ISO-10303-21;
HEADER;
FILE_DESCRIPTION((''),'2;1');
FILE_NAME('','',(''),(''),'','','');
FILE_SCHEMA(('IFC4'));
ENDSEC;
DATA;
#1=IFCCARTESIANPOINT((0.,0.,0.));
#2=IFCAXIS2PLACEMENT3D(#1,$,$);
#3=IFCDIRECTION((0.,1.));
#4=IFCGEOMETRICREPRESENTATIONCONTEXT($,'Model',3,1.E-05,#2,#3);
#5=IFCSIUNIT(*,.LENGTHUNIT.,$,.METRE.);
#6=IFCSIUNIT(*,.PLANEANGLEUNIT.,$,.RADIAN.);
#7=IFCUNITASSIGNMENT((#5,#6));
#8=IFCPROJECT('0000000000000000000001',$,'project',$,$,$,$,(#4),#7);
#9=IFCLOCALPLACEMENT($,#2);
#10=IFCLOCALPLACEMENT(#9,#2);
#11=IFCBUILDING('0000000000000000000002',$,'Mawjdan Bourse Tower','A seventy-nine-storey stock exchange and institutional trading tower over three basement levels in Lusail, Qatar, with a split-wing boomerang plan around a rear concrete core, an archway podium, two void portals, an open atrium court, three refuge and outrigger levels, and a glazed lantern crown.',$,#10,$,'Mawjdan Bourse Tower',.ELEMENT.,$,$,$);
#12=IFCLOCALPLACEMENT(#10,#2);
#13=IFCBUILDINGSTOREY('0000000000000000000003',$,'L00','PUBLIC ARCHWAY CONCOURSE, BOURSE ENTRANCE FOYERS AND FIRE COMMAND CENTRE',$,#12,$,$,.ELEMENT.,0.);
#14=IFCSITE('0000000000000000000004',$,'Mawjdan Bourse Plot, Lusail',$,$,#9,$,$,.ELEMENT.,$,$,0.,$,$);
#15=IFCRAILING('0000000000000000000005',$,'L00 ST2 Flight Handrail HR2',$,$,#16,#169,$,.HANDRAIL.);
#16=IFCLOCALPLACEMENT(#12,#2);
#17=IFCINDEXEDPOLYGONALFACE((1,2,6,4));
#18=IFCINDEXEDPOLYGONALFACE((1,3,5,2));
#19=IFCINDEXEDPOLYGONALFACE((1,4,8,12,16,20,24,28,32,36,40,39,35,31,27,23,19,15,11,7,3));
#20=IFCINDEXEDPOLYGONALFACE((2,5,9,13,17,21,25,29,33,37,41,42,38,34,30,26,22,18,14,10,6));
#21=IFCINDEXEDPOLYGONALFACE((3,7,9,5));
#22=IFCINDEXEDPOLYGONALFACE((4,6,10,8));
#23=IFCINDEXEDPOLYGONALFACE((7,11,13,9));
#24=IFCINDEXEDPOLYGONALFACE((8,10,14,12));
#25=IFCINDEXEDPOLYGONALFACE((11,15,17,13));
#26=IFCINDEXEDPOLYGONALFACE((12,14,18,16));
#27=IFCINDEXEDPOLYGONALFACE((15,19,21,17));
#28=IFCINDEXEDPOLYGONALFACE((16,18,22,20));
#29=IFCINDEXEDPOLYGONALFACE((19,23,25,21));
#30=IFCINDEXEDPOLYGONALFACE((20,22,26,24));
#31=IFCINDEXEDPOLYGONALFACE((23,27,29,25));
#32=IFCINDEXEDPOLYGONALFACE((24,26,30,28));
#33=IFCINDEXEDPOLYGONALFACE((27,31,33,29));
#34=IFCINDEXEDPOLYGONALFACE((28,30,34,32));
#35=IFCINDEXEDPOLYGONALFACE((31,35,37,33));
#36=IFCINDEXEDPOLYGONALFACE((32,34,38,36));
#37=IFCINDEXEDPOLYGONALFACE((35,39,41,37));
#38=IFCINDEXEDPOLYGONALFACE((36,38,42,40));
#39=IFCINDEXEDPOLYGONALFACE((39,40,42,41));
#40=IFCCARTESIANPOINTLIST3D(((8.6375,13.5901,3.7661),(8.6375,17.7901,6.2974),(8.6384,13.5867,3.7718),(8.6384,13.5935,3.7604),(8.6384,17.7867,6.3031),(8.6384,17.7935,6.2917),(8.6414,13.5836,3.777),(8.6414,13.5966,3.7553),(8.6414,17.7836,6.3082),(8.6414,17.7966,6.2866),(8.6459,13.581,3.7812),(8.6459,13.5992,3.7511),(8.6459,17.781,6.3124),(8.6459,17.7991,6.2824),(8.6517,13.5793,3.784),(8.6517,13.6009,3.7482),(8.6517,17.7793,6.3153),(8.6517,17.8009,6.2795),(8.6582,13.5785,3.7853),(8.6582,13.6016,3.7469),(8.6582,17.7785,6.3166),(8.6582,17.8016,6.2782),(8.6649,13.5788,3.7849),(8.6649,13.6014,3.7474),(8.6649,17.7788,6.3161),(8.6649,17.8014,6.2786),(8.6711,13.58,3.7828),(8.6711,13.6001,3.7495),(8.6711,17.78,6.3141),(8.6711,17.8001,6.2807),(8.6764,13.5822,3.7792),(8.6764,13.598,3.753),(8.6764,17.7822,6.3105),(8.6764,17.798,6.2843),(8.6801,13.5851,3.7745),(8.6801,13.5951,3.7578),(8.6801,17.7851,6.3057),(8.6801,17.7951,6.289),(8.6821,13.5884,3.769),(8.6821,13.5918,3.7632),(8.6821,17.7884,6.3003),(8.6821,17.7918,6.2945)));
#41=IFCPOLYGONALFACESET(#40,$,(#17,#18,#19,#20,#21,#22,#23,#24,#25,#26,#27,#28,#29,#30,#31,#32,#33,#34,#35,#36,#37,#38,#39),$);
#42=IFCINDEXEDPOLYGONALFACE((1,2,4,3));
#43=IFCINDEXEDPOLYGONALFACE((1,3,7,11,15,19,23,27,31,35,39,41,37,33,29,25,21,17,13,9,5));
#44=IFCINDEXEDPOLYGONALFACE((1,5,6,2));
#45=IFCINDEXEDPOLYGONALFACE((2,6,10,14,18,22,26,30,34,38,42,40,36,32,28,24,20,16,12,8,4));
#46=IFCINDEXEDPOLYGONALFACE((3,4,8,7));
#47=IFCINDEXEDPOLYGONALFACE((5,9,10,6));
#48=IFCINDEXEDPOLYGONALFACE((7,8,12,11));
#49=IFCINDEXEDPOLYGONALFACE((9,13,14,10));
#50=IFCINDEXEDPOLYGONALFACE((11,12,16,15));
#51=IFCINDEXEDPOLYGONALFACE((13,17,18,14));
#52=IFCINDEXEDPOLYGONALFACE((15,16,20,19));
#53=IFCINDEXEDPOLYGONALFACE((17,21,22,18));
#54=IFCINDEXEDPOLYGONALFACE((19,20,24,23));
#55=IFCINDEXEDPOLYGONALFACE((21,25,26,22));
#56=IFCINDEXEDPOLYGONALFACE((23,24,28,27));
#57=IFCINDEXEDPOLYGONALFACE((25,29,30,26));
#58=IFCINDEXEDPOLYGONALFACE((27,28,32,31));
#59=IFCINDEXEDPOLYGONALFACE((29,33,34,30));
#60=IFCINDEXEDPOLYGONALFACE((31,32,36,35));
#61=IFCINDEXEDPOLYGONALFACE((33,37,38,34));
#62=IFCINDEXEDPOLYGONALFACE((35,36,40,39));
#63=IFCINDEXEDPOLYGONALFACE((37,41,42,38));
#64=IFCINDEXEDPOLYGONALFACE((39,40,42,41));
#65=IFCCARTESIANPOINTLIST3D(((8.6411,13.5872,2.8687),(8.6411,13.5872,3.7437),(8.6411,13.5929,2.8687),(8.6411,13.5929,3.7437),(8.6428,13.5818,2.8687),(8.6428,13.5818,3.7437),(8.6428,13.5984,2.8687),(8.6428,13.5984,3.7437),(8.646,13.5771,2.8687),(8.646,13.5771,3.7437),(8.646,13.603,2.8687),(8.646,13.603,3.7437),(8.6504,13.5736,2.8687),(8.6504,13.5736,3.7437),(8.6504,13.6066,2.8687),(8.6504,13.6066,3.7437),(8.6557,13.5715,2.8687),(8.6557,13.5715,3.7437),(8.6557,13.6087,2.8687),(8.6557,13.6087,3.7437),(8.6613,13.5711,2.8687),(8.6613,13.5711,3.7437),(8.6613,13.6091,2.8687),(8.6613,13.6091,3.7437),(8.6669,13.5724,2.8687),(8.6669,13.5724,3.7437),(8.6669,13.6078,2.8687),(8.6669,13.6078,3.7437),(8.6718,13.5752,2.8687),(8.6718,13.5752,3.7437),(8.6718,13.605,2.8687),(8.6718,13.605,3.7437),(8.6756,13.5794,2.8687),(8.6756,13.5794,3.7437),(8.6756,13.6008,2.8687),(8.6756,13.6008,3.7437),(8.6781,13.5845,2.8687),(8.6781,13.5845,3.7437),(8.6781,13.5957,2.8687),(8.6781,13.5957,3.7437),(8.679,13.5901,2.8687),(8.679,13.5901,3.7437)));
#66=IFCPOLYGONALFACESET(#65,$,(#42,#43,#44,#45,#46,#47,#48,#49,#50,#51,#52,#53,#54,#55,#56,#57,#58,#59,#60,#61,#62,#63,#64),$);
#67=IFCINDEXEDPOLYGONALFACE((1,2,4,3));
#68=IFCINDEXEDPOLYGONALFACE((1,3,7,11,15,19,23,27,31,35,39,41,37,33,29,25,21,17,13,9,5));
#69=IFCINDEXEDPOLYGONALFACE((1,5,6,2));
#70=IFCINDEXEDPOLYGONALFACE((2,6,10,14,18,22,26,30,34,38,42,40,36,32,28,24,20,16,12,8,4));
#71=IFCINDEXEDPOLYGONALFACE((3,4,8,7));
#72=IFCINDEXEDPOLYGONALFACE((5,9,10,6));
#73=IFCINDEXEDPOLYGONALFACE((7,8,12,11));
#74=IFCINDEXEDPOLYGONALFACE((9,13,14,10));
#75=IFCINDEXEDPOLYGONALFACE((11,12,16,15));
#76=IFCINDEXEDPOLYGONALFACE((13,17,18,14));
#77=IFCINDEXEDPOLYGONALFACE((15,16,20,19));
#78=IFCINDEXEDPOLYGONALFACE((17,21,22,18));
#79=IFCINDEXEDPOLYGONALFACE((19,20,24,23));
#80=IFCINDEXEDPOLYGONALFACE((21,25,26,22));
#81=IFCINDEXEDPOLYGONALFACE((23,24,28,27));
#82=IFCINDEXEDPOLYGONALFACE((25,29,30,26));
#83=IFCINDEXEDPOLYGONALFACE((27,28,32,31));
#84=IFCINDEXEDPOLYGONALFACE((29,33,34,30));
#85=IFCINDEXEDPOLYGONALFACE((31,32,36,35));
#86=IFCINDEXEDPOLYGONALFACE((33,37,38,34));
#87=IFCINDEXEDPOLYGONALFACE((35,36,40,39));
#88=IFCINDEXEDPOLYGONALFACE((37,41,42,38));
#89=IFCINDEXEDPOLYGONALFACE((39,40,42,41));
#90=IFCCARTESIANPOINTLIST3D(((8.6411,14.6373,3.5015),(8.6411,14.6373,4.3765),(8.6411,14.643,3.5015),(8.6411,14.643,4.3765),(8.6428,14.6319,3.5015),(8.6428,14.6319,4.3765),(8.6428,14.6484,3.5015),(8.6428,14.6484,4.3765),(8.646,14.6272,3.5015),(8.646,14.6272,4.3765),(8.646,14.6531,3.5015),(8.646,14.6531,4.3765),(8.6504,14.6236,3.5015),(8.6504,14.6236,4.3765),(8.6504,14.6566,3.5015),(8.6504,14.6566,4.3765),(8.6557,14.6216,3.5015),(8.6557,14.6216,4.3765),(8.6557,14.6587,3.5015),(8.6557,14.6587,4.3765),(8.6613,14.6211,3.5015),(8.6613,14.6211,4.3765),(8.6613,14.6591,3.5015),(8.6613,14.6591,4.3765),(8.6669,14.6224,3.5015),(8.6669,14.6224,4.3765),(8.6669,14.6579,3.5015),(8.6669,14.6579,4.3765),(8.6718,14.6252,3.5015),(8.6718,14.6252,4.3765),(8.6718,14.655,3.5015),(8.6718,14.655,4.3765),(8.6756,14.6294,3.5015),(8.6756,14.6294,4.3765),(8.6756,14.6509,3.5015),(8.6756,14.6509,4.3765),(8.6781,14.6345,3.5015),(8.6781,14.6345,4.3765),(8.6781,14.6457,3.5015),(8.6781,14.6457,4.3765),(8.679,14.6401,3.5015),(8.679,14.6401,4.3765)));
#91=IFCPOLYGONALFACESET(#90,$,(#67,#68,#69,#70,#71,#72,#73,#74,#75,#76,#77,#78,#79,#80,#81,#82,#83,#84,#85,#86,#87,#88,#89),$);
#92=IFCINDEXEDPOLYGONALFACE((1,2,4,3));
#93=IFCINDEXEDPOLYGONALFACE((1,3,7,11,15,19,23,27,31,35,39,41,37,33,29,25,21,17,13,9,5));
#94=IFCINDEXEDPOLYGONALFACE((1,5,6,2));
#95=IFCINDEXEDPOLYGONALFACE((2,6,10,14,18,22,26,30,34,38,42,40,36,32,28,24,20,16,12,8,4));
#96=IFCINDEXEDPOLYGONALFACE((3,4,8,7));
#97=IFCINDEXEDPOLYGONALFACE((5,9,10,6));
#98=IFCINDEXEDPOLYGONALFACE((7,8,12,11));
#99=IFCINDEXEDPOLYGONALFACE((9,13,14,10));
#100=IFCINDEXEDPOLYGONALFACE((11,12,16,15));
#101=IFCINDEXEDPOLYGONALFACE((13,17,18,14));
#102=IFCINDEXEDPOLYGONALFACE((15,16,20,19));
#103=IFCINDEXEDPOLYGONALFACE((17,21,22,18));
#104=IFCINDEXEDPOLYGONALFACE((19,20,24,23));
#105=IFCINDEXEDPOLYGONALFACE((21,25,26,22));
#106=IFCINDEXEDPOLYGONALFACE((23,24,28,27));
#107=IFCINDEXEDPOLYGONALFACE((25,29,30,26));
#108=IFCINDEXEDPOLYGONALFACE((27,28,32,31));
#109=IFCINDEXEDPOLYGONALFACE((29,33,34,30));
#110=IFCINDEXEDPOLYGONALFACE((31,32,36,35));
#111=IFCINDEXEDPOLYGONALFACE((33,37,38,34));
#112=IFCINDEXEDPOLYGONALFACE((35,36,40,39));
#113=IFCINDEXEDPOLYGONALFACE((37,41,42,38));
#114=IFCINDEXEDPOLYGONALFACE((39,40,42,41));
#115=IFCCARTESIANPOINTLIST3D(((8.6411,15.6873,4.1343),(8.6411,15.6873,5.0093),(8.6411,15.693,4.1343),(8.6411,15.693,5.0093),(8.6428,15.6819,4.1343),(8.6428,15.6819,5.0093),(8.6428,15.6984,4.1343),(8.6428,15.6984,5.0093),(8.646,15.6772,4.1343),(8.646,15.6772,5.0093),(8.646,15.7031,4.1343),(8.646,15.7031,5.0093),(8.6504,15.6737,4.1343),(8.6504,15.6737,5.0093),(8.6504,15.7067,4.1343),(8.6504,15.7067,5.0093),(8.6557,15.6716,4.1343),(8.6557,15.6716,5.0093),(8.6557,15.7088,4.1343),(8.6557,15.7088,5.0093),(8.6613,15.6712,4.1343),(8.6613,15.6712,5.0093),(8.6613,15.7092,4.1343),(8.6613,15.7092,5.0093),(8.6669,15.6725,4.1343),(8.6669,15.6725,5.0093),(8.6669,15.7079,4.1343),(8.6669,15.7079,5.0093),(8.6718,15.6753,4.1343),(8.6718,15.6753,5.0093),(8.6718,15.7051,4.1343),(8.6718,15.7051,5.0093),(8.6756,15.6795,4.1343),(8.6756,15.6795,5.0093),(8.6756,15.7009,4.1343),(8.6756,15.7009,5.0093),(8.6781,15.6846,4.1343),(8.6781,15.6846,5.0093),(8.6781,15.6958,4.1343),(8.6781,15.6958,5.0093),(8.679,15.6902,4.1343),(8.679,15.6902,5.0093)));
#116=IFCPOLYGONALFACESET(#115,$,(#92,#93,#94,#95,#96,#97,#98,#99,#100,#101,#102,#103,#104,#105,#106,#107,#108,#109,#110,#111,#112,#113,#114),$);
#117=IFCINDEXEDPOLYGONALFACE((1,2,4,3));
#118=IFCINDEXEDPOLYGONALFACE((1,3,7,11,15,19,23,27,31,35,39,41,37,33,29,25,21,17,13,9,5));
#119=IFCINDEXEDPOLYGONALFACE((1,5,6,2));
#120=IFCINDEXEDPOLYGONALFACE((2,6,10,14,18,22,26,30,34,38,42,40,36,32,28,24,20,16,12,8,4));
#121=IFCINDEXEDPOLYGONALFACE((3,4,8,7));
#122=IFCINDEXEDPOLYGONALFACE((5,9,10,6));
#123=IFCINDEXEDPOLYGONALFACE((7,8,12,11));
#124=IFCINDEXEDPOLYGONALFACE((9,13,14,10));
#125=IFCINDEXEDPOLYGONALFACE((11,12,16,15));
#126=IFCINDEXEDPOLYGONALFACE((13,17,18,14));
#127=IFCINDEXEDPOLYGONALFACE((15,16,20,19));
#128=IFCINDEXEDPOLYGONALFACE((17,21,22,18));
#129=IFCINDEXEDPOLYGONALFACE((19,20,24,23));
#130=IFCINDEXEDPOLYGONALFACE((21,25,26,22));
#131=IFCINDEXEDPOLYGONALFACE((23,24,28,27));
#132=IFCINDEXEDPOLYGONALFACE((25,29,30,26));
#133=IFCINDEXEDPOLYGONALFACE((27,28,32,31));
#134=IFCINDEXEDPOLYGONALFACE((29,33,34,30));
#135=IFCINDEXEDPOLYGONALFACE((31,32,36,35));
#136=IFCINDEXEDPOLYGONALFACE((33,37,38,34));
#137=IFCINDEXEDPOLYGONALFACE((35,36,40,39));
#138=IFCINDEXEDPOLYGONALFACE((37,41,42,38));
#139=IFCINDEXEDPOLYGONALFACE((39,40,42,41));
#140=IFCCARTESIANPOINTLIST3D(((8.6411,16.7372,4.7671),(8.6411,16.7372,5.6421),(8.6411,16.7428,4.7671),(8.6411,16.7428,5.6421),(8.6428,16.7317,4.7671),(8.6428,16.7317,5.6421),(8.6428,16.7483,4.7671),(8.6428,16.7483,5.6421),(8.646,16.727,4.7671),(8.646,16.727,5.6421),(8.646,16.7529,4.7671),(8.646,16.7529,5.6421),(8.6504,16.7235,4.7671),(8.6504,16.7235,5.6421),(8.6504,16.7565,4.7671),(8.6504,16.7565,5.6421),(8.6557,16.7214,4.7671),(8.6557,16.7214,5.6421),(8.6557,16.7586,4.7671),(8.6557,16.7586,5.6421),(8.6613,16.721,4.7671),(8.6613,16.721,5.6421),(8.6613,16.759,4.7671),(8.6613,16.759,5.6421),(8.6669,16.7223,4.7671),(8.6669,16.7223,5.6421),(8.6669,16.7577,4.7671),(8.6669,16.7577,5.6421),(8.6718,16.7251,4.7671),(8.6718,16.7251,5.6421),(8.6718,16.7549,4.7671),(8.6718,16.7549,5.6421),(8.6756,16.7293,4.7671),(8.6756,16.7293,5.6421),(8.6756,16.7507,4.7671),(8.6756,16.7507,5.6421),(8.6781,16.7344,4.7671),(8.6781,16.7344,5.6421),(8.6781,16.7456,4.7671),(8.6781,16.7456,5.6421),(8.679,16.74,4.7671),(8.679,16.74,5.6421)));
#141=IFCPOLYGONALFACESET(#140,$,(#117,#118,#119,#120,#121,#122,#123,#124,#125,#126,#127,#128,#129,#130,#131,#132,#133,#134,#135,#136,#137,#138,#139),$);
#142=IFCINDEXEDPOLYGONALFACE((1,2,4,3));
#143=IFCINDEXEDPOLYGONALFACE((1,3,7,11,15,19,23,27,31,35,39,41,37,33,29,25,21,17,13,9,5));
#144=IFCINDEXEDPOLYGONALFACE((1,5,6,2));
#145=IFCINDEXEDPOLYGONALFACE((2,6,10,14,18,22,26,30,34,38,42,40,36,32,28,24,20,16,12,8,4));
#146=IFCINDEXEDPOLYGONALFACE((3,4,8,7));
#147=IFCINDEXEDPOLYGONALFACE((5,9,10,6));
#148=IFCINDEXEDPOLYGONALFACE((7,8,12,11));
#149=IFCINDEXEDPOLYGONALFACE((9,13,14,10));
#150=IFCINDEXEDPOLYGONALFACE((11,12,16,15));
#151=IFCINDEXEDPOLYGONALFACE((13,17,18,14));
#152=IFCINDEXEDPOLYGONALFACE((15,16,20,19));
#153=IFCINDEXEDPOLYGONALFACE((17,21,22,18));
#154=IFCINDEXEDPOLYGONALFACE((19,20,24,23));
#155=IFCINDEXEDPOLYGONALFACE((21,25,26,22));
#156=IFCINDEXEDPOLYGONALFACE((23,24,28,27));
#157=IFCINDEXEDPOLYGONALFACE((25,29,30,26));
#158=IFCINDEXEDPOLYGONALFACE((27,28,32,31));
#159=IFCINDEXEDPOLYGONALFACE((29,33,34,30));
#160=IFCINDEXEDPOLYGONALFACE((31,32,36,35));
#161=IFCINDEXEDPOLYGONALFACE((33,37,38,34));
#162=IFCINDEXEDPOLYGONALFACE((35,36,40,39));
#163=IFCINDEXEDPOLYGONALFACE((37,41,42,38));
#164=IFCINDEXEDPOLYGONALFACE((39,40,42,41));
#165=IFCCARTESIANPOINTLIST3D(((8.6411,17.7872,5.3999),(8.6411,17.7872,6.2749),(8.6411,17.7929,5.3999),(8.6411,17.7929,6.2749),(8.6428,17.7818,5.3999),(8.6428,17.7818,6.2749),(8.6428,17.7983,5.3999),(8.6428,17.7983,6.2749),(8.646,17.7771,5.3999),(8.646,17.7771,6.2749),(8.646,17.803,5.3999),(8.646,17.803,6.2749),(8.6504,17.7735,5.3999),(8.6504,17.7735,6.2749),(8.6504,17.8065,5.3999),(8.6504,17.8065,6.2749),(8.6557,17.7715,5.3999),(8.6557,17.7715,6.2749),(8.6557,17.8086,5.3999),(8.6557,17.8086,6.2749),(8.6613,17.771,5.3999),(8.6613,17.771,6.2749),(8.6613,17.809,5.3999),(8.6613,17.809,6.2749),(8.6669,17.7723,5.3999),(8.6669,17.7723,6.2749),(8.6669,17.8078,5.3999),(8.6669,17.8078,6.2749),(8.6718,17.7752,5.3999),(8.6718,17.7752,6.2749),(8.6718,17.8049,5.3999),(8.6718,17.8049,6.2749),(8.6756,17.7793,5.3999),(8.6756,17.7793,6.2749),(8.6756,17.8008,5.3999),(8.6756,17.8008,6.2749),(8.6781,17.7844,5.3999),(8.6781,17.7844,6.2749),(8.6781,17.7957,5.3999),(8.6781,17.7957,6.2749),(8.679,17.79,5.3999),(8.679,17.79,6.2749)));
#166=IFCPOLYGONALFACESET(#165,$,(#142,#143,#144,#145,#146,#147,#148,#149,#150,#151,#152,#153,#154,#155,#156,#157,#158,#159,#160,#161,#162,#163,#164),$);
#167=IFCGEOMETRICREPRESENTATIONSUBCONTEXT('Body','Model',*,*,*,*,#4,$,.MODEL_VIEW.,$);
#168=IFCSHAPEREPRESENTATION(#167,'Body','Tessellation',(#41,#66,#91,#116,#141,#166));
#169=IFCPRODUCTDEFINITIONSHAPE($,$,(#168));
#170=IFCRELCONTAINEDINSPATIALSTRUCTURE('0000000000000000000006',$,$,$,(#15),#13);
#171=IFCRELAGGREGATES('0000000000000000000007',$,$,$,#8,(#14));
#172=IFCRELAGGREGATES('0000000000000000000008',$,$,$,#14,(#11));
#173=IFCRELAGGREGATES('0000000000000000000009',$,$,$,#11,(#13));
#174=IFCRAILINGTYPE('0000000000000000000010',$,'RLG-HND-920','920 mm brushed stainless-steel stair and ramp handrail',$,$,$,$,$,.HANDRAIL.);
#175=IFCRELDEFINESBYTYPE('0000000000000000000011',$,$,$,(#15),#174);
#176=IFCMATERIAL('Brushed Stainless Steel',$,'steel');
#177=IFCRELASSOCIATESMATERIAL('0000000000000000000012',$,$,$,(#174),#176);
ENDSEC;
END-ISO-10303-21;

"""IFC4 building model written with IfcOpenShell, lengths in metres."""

from ifc_helpers import new_model, si_unit, direction, frame, origin, origin_2d, place, context, subcontext, project, spatial, circle, extrude, material, type_object, element, save


model = new_model("IFC4")

# Units and contexts
model_context = context("Model", 3, precision=1e-05, world=origin(), true_north=direction((0.0, 1.0)))
body_context = subcontext(model_context, "Body", "Model", "MODEL_VIEW")
ifc_project = project(units=[si_unit("LENGTHUNIT", "METRE"), si_unit("PLANEANGLEUNIT", "RADIAN")], contexts=[model_context])

# Site, building, storey
site_placement = place(None, origin())
site = spatial("IfcSite", under=ifc_project, at=site_placement, Name="Mawjdan Bourse Plot, Lusail", CompositionType="ELEMENT", RefElevation=0.0)
building_placement = place(site_placement, origin())
building = spatial("IfcBuilding", under=site, at=building_placement, Name="Mawjdan Bourse Tower", Description="A seventy-nine-storey stock exchange and institutional trading tower over three basement levels in Lusail, Qatar, with a split-wing boomerang plan around a rear concrete core, an archway podium, two void portals, an open atrium court, three refuge and outrigger levels, and a glazed lantern crown.", LongName="Mawjdan Bourse Tower", CompositionType="ELEMENT")
storey_placement = place(building_placement, origin())
storey = spatial("IfcBuildingStorey", under=building, at=storey_placement, Name="L00", Description="PUBLIC ARCHWAY CONCOURSE, BOURSE ENTRANCE FOYERS AND FIRE COMMAND CENTRE", CompositionType="ELEMENT", Elevation=0.0)

# Railing
ifc_material_1 = material(Name="Brushed Stainless Steel", Category="steel")
railing_type_1 = type_object("IfcRailingType", Name="RLG-HND-920", Description="920 mm brushed stainless-steel stair and ramp handrail", PredefinedType="HANDRAIL", material=ifc_material_1)
railing_1_placement = place(storey_placement, frame((8.6599, 13.5901, 2.8687)))
element("IfcRailing", 1, at=railing_1_placement, inside=storey, type_object=railing_type_1, Name="L00 ST2 Flight Handrail HR2", PredefinedType="HANDRAIL", context=body_context, shape_type="SweptSolid", body=[
    extrude(circle(Radius=0.0225, at=origin_2d()), frame((0.0, 0.0, 0.8975), z_axis=(0.0, 0.856476, 0.516186), x_axis=(-1.0, 0.0, 0.0)), (0.0, 0.0, 1.0), 4.9038),
    extrude(circle(Radius=0.019, at=origin_2d()), origin(), (0.0, 0.0, 1.0), 0.875),
    extrude(circle(Radius=0.019, at=origin_2d()), frame((0.0, 1.05, 0.6328)), (0.0, 0.0, 1.0), 0.875),
    extrude(circle(Radius=0.019, at=origin_2d()), frame((0.0, 2.1001, 1.2656)), (0.0, 0.0, 1.0), 0.875),
    extrude(circle(Radius=0.019, at=origin_2d()), frame((0.0, 3.1499, 1.8984)), (0.0, 0.0, 1.0), 0.875),
    extrude(circle(Radius=0.019, at=origin_2d()), frame((0.0, 4.2, 2.5312)), (0.0, 0.0, 1.0), 0.875),
])

save(model, "model.ifc")
